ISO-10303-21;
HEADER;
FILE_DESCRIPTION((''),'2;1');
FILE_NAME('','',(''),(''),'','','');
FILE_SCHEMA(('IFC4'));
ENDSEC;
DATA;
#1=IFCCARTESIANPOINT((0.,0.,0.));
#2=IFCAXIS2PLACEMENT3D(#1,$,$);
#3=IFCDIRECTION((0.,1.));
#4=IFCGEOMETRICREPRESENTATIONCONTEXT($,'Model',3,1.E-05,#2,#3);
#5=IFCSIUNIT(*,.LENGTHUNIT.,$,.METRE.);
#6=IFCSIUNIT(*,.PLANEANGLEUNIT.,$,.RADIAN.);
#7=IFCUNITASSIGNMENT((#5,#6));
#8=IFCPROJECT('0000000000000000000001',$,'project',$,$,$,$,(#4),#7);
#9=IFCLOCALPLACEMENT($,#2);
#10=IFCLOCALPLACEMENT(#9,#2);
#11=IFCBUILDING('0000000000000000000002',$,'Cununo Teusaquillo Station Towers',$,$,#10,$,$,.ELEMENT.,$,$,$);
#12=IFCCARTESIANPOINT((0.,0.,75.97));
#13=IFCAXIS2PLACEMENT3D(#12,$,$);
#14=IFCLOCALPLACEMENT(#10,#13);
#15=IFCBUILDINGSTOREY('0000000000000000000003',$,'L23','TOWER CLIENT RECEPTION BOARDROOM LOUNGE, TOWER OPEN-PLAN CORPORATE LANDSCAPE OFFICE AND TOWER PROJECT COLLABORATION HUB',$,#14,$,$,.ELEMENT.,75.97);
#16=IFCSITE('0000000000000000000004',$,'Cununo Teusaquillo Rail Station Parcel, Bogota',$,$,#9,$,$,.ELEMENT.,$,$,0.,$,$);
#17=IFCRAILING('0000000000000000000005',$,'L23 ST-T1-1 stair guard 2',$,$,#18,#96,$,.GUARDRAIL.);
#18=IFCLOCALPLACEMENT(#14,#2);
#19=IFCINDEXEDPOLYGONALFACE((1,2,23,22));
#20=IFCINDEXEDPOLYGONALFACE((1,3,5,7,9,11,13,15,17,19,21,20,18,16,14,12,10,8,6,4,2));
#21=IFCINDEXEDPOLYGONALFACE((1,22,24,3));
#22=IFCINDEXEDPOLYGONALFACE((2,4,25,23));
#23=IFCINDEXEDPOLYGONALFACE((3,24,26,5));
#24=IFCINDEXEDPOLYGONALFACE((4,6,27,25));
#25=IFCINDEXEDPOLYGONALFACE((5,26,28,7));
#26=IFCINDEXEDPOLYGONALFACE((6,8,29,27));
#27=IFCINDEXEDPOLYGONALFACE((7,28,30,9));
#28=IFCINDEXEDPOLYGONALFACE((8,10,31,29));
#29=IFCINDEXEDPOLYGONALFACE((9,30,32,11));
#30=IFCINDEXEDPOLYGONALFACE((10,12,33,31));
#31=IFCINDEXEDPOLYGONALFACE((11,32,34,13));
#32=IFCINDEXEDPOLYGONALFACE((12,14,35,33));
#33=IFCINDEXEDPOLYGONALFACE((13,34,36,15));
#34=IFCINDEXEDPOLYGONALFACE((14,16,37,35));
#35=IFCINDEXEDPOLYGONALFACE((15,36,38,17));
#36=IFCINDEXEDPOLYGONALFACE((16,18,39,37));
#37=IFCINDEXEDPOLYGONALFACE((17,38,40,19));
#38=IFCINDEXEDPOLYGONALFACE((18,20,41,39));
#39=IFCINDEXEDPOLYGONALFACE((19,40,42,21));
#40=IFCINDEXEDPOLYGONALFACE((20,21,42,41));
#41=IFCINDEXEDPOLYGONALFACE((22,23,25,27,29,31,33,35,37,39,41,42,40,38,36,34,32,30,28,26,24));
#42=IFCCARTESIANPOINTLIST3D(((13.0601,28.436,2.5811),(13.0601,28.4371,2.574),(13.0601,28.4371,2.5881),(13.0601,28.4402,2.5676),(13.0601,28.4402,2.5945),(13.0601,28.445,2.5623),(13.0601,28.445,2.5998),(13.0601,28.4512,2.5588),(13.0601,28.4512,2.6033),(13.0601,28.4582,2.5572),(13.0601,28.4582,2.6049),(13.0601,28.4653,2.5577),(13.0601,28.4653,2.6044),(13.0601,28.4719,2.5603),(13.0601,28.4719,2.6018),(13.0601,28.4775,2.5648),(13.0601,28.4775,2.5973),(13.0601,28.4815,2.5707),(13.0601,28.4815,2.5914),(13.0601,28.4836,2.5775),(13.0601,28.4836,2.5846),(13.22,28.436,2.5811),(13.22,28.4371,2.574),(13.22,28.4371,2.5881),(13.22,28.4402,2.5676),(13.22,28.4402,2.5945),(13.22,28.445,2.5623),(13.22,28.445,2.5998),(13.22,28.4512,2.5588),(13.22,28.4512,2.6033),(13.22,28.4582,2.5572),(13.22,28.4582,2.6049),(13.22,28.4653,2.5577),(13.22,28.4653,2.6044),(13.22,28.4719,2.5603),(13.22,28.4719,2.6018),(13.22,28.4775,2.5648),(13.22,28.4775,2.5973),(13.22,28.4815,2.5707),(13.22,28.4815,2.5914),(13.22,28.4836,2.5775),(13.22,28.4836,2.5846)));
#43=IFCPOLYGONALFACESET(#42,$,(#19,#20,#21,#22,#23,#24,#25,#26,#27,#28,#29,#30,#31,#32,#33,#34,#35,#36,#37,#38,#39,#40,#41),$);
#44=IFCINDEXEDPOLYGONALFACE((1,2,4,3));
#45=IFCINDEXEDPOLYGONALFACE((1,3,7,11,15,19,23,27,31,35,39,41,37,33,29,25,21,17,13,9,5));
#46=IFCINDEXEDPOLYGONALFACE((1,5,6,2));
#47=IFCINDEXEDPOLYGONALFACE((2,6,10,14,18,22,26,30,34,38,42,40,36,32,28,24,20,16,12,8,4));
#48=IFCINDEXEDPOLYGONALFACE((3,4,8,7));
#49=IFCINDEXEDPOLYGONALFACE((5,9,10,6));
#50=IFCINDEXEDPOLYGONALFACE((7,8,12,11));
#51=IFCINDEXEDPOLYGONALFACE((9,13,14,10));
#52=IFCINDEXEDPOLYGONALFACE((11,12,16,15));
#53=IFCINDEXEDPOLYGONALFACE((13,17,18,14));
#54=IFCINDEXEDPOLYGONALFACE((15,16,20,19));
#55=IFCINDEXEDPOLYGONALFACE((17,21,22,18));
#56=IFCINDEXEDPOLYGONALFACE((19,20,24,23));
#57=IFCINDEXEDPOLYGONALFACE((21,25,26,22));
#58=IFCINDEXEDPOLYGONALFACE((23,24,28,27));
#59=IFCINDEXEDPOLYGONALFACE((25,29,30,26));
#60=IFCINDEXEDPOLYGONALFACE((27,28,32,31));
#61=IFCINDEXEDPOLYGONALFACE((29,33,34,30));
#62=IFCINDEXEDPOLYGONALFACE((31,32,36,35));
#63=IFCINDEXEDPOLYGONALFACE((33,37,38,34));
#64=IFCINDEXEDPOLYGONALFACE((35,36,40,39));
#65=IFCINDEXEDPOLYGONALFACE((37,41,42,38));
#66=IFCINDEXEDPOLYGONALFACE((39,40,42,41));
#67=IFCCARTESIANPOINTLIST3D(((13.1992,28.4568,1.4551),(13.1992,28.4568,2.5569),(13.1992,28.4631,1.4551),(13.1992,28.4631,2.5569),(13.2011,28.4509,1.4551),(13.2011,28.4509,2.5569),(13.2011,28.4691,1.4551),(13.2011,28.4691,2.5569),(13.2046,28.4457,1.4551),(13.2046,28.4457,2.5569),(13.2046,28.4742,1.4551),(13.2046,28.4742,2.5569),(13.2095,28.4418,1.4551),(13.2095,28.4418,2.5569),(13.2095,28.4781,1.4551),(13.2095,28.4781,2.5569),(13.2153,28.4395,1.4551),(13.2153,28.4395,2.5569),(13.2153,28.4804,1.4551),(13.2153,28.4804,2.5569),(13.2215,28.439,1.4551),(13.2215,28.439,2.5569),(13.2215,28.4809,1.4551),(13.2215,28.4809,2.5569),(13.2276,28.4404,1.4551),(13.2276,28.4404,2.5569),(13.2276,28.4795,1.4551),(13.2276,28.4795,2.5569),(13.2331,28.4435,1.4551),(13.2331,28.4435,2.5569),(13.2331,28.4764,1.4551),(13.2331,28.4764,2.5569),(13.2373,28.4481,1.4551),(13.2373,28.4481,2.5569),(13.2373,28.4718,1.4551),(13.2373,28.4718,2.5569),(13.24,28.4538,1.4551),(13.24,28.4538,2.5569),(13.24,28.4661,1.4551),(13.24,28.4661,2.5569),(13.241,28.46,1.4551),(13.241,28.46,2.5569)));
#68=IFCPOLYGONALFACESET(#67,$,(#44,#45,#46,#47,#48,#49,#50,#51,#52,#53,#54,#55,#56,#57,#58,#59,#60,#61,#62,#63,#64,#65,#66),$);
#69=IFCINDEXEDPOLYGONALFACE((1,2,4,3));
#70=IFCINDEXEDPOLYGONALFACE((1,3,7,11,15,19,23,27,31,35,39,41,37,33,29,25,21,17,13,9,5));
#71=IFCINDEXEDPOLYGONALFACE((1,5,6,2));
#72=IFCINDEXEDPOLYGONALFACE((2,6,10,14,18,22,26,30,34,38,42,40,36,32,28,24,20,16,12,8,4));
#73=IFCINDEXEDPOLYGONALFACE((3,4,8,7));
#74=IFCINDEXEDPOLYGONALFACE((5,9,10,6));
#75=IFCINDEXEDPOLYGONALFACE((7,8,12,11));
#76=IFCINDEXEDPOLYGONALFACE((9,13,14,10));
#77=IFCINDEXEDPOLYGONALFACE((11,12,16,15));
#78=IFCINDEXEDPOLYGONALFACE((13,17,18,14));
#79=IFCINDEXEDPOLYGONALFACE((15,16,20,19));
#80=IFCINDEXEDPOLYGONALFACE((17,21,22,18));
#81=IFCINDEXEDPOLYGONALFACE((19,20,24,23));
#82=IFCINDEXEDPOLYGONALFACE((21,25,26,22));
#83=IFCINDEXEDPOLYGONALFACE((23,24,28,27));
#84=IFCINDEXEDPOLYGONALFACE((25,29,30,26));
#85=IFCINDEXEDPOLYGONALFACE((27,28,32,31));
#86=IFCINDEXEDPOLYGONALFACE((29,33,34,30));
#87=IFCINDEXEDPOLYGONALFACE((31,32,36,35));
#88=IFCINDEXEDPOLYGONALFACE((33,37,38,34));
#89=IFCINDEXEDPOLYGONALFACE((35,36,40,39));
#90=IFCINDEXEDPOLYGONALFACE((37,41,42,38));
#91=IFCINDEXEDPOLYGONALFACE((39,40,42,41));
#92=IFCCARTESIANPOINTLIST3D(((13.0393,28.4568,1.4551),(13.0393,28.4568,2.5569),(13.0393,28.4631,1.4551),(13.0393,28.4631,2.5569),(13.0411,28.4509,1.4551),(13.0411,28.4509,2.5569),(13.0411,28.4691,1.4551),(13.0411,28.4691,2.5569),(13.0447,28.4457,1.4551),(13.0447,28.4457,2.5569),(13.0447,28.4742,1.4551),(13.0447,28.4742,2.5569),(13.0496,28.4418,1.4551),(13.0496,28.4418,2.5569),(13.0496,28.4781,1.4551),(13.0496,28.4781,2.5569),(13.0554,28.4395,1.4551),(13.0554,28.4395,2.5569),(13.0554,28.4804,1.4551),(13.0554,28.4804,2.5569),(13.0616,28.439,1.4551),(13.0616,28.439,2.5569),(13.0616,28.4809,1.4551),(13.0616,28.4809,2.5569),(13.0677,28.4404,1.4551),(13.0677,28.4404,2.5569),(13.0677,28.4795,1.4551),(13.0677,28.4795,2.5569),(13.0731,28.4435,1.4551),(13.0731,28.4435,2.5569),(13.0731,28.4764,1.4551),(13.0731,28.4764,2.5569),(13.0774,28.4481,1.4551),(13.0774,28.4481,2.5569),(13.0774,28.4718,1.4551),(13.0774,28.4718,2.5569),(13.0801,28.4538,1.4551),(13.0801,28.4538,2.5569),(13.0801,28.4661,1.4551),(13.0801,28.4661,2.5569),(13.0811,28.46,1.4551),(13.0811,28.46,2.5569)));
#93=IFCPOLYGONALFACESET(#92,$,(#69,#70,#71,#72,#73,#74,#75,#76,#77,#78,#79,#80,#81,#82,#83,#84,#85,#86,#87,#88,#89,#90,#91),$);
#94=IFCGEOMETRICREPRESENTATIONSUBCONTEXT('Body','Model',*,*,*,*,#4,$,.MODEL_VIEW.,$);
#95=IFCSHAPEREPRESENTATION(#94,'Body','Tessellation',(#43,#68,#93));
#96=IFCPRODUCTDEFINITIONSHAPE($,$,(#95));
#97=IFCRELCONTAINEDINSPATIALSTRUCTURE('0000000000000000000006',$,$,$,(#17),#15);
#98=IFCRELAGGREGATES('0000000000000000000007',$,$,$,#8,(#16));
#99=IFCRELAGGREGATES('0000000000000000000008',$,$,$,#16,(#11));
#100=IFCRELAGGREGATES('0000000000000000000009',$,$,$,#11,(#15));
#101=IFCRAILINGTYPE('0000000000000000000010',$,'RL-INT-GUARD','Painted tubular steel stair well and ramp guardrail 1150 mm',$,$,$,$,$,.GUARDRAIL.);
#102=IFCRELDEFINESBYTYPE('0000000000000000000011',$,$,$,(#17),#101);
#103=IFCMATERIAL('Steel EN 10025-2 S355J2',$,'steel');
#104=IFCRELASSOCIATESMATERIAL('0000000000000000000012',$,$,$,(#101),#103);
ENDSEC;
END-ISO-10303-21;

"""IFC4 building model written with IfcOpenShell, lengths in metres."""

from ifc_helpers import new_model, si_unit, direction, frame, origin, origin_2d, place, context, subcontext, project, spatial, circle, extrude, material, type_object, element, save


model = new_model("IFC4")

# Units and contexts
model_context = context("Model", 3, precision=1e-05, world=origin(), true_north=direction((0.0, 1.0)))
body_context = subcontext(model_context, "Body", "Model", "MODEL_VIEW")
ifc_project = project(units=[si_unit("LENGTHUNIT", "METRE"), si_unit("PLANEANGLEUNIT", "RADIAN")], contexts=[model_context])

# Site, building, storey
site_placement = place(None, origin())
site = spatial("IfcSite", under=ifc_project, at=site_placement, Name="Cununo Teusaquillo Rail Station Parcel, Bogota", CompositionType="ELEMENT", RefElevation=0.0)
building_placement = place(site_placement, origin())
building = spatial("IfcBuilding", under=site, at=building_placement, Name="Cununo Teusaquillo Station Towers", CompositionType="ELEMENT")
storey_placement = place(building_placement, frame((0.0, 0.0, 75.97)))
storey = spatial("IfcBuildingStorey", under=building, at=storey_placement, Name="L23", Description="TOWER CLIENT RECEPTION BOARDROOM LOUNGE, TOWER OPEN-PLAN CORPORATE LANDSCAPE OFFICE AND TOWER PROJECT COLLABORATION HUB", CompositionType="ELEMENT", Elevation=75.97)

# Railing
ifc_material_1 = material(Name="Steel EN 10025-2 S355J2", Category="steel")
railing_type_1 = type_object("IfcRailingType", Name="RL-INT-GUARD", Description="Painted tubular steel stair well and ramp guardrail 1150 mm", PredefinedType="GUARDRAIL", material=ifc_material_1)
railing_1_placement = place(storey_placement, frame((13.22, 28.46, 1.4551)))
element("IfcRailing", 1, at=railing_1_placement, inside=storey, type_object=railing_type_1, Name="L23 ST-T1-1 stair guard 2", PredefinedType="GUARDRAIL", context=body_context, shape_type="SweptSolid", body=[
    extrude(circle(Radius=0.0239, at=origin_2d()), frame((0.0, 0.0, 1.126), z_axis=(-1.0, 0.0, 0.0), x_axis=(0.0, -1.0, 0.0)), (0.0, 0.0, 1.0), 0.1599),
    extrude(circle(Radius=0.021, at=origin_2d()), origin(), (0.0, 0.0, 1.0), 1.1018),
    extrude(circle(Radius=0.021, at=origin_2d()), frame((-0.1599, 0.0, 0.0)), (0.0, 0.0, 1.0), 1.1018),
])

save(model, "model.ifc")
